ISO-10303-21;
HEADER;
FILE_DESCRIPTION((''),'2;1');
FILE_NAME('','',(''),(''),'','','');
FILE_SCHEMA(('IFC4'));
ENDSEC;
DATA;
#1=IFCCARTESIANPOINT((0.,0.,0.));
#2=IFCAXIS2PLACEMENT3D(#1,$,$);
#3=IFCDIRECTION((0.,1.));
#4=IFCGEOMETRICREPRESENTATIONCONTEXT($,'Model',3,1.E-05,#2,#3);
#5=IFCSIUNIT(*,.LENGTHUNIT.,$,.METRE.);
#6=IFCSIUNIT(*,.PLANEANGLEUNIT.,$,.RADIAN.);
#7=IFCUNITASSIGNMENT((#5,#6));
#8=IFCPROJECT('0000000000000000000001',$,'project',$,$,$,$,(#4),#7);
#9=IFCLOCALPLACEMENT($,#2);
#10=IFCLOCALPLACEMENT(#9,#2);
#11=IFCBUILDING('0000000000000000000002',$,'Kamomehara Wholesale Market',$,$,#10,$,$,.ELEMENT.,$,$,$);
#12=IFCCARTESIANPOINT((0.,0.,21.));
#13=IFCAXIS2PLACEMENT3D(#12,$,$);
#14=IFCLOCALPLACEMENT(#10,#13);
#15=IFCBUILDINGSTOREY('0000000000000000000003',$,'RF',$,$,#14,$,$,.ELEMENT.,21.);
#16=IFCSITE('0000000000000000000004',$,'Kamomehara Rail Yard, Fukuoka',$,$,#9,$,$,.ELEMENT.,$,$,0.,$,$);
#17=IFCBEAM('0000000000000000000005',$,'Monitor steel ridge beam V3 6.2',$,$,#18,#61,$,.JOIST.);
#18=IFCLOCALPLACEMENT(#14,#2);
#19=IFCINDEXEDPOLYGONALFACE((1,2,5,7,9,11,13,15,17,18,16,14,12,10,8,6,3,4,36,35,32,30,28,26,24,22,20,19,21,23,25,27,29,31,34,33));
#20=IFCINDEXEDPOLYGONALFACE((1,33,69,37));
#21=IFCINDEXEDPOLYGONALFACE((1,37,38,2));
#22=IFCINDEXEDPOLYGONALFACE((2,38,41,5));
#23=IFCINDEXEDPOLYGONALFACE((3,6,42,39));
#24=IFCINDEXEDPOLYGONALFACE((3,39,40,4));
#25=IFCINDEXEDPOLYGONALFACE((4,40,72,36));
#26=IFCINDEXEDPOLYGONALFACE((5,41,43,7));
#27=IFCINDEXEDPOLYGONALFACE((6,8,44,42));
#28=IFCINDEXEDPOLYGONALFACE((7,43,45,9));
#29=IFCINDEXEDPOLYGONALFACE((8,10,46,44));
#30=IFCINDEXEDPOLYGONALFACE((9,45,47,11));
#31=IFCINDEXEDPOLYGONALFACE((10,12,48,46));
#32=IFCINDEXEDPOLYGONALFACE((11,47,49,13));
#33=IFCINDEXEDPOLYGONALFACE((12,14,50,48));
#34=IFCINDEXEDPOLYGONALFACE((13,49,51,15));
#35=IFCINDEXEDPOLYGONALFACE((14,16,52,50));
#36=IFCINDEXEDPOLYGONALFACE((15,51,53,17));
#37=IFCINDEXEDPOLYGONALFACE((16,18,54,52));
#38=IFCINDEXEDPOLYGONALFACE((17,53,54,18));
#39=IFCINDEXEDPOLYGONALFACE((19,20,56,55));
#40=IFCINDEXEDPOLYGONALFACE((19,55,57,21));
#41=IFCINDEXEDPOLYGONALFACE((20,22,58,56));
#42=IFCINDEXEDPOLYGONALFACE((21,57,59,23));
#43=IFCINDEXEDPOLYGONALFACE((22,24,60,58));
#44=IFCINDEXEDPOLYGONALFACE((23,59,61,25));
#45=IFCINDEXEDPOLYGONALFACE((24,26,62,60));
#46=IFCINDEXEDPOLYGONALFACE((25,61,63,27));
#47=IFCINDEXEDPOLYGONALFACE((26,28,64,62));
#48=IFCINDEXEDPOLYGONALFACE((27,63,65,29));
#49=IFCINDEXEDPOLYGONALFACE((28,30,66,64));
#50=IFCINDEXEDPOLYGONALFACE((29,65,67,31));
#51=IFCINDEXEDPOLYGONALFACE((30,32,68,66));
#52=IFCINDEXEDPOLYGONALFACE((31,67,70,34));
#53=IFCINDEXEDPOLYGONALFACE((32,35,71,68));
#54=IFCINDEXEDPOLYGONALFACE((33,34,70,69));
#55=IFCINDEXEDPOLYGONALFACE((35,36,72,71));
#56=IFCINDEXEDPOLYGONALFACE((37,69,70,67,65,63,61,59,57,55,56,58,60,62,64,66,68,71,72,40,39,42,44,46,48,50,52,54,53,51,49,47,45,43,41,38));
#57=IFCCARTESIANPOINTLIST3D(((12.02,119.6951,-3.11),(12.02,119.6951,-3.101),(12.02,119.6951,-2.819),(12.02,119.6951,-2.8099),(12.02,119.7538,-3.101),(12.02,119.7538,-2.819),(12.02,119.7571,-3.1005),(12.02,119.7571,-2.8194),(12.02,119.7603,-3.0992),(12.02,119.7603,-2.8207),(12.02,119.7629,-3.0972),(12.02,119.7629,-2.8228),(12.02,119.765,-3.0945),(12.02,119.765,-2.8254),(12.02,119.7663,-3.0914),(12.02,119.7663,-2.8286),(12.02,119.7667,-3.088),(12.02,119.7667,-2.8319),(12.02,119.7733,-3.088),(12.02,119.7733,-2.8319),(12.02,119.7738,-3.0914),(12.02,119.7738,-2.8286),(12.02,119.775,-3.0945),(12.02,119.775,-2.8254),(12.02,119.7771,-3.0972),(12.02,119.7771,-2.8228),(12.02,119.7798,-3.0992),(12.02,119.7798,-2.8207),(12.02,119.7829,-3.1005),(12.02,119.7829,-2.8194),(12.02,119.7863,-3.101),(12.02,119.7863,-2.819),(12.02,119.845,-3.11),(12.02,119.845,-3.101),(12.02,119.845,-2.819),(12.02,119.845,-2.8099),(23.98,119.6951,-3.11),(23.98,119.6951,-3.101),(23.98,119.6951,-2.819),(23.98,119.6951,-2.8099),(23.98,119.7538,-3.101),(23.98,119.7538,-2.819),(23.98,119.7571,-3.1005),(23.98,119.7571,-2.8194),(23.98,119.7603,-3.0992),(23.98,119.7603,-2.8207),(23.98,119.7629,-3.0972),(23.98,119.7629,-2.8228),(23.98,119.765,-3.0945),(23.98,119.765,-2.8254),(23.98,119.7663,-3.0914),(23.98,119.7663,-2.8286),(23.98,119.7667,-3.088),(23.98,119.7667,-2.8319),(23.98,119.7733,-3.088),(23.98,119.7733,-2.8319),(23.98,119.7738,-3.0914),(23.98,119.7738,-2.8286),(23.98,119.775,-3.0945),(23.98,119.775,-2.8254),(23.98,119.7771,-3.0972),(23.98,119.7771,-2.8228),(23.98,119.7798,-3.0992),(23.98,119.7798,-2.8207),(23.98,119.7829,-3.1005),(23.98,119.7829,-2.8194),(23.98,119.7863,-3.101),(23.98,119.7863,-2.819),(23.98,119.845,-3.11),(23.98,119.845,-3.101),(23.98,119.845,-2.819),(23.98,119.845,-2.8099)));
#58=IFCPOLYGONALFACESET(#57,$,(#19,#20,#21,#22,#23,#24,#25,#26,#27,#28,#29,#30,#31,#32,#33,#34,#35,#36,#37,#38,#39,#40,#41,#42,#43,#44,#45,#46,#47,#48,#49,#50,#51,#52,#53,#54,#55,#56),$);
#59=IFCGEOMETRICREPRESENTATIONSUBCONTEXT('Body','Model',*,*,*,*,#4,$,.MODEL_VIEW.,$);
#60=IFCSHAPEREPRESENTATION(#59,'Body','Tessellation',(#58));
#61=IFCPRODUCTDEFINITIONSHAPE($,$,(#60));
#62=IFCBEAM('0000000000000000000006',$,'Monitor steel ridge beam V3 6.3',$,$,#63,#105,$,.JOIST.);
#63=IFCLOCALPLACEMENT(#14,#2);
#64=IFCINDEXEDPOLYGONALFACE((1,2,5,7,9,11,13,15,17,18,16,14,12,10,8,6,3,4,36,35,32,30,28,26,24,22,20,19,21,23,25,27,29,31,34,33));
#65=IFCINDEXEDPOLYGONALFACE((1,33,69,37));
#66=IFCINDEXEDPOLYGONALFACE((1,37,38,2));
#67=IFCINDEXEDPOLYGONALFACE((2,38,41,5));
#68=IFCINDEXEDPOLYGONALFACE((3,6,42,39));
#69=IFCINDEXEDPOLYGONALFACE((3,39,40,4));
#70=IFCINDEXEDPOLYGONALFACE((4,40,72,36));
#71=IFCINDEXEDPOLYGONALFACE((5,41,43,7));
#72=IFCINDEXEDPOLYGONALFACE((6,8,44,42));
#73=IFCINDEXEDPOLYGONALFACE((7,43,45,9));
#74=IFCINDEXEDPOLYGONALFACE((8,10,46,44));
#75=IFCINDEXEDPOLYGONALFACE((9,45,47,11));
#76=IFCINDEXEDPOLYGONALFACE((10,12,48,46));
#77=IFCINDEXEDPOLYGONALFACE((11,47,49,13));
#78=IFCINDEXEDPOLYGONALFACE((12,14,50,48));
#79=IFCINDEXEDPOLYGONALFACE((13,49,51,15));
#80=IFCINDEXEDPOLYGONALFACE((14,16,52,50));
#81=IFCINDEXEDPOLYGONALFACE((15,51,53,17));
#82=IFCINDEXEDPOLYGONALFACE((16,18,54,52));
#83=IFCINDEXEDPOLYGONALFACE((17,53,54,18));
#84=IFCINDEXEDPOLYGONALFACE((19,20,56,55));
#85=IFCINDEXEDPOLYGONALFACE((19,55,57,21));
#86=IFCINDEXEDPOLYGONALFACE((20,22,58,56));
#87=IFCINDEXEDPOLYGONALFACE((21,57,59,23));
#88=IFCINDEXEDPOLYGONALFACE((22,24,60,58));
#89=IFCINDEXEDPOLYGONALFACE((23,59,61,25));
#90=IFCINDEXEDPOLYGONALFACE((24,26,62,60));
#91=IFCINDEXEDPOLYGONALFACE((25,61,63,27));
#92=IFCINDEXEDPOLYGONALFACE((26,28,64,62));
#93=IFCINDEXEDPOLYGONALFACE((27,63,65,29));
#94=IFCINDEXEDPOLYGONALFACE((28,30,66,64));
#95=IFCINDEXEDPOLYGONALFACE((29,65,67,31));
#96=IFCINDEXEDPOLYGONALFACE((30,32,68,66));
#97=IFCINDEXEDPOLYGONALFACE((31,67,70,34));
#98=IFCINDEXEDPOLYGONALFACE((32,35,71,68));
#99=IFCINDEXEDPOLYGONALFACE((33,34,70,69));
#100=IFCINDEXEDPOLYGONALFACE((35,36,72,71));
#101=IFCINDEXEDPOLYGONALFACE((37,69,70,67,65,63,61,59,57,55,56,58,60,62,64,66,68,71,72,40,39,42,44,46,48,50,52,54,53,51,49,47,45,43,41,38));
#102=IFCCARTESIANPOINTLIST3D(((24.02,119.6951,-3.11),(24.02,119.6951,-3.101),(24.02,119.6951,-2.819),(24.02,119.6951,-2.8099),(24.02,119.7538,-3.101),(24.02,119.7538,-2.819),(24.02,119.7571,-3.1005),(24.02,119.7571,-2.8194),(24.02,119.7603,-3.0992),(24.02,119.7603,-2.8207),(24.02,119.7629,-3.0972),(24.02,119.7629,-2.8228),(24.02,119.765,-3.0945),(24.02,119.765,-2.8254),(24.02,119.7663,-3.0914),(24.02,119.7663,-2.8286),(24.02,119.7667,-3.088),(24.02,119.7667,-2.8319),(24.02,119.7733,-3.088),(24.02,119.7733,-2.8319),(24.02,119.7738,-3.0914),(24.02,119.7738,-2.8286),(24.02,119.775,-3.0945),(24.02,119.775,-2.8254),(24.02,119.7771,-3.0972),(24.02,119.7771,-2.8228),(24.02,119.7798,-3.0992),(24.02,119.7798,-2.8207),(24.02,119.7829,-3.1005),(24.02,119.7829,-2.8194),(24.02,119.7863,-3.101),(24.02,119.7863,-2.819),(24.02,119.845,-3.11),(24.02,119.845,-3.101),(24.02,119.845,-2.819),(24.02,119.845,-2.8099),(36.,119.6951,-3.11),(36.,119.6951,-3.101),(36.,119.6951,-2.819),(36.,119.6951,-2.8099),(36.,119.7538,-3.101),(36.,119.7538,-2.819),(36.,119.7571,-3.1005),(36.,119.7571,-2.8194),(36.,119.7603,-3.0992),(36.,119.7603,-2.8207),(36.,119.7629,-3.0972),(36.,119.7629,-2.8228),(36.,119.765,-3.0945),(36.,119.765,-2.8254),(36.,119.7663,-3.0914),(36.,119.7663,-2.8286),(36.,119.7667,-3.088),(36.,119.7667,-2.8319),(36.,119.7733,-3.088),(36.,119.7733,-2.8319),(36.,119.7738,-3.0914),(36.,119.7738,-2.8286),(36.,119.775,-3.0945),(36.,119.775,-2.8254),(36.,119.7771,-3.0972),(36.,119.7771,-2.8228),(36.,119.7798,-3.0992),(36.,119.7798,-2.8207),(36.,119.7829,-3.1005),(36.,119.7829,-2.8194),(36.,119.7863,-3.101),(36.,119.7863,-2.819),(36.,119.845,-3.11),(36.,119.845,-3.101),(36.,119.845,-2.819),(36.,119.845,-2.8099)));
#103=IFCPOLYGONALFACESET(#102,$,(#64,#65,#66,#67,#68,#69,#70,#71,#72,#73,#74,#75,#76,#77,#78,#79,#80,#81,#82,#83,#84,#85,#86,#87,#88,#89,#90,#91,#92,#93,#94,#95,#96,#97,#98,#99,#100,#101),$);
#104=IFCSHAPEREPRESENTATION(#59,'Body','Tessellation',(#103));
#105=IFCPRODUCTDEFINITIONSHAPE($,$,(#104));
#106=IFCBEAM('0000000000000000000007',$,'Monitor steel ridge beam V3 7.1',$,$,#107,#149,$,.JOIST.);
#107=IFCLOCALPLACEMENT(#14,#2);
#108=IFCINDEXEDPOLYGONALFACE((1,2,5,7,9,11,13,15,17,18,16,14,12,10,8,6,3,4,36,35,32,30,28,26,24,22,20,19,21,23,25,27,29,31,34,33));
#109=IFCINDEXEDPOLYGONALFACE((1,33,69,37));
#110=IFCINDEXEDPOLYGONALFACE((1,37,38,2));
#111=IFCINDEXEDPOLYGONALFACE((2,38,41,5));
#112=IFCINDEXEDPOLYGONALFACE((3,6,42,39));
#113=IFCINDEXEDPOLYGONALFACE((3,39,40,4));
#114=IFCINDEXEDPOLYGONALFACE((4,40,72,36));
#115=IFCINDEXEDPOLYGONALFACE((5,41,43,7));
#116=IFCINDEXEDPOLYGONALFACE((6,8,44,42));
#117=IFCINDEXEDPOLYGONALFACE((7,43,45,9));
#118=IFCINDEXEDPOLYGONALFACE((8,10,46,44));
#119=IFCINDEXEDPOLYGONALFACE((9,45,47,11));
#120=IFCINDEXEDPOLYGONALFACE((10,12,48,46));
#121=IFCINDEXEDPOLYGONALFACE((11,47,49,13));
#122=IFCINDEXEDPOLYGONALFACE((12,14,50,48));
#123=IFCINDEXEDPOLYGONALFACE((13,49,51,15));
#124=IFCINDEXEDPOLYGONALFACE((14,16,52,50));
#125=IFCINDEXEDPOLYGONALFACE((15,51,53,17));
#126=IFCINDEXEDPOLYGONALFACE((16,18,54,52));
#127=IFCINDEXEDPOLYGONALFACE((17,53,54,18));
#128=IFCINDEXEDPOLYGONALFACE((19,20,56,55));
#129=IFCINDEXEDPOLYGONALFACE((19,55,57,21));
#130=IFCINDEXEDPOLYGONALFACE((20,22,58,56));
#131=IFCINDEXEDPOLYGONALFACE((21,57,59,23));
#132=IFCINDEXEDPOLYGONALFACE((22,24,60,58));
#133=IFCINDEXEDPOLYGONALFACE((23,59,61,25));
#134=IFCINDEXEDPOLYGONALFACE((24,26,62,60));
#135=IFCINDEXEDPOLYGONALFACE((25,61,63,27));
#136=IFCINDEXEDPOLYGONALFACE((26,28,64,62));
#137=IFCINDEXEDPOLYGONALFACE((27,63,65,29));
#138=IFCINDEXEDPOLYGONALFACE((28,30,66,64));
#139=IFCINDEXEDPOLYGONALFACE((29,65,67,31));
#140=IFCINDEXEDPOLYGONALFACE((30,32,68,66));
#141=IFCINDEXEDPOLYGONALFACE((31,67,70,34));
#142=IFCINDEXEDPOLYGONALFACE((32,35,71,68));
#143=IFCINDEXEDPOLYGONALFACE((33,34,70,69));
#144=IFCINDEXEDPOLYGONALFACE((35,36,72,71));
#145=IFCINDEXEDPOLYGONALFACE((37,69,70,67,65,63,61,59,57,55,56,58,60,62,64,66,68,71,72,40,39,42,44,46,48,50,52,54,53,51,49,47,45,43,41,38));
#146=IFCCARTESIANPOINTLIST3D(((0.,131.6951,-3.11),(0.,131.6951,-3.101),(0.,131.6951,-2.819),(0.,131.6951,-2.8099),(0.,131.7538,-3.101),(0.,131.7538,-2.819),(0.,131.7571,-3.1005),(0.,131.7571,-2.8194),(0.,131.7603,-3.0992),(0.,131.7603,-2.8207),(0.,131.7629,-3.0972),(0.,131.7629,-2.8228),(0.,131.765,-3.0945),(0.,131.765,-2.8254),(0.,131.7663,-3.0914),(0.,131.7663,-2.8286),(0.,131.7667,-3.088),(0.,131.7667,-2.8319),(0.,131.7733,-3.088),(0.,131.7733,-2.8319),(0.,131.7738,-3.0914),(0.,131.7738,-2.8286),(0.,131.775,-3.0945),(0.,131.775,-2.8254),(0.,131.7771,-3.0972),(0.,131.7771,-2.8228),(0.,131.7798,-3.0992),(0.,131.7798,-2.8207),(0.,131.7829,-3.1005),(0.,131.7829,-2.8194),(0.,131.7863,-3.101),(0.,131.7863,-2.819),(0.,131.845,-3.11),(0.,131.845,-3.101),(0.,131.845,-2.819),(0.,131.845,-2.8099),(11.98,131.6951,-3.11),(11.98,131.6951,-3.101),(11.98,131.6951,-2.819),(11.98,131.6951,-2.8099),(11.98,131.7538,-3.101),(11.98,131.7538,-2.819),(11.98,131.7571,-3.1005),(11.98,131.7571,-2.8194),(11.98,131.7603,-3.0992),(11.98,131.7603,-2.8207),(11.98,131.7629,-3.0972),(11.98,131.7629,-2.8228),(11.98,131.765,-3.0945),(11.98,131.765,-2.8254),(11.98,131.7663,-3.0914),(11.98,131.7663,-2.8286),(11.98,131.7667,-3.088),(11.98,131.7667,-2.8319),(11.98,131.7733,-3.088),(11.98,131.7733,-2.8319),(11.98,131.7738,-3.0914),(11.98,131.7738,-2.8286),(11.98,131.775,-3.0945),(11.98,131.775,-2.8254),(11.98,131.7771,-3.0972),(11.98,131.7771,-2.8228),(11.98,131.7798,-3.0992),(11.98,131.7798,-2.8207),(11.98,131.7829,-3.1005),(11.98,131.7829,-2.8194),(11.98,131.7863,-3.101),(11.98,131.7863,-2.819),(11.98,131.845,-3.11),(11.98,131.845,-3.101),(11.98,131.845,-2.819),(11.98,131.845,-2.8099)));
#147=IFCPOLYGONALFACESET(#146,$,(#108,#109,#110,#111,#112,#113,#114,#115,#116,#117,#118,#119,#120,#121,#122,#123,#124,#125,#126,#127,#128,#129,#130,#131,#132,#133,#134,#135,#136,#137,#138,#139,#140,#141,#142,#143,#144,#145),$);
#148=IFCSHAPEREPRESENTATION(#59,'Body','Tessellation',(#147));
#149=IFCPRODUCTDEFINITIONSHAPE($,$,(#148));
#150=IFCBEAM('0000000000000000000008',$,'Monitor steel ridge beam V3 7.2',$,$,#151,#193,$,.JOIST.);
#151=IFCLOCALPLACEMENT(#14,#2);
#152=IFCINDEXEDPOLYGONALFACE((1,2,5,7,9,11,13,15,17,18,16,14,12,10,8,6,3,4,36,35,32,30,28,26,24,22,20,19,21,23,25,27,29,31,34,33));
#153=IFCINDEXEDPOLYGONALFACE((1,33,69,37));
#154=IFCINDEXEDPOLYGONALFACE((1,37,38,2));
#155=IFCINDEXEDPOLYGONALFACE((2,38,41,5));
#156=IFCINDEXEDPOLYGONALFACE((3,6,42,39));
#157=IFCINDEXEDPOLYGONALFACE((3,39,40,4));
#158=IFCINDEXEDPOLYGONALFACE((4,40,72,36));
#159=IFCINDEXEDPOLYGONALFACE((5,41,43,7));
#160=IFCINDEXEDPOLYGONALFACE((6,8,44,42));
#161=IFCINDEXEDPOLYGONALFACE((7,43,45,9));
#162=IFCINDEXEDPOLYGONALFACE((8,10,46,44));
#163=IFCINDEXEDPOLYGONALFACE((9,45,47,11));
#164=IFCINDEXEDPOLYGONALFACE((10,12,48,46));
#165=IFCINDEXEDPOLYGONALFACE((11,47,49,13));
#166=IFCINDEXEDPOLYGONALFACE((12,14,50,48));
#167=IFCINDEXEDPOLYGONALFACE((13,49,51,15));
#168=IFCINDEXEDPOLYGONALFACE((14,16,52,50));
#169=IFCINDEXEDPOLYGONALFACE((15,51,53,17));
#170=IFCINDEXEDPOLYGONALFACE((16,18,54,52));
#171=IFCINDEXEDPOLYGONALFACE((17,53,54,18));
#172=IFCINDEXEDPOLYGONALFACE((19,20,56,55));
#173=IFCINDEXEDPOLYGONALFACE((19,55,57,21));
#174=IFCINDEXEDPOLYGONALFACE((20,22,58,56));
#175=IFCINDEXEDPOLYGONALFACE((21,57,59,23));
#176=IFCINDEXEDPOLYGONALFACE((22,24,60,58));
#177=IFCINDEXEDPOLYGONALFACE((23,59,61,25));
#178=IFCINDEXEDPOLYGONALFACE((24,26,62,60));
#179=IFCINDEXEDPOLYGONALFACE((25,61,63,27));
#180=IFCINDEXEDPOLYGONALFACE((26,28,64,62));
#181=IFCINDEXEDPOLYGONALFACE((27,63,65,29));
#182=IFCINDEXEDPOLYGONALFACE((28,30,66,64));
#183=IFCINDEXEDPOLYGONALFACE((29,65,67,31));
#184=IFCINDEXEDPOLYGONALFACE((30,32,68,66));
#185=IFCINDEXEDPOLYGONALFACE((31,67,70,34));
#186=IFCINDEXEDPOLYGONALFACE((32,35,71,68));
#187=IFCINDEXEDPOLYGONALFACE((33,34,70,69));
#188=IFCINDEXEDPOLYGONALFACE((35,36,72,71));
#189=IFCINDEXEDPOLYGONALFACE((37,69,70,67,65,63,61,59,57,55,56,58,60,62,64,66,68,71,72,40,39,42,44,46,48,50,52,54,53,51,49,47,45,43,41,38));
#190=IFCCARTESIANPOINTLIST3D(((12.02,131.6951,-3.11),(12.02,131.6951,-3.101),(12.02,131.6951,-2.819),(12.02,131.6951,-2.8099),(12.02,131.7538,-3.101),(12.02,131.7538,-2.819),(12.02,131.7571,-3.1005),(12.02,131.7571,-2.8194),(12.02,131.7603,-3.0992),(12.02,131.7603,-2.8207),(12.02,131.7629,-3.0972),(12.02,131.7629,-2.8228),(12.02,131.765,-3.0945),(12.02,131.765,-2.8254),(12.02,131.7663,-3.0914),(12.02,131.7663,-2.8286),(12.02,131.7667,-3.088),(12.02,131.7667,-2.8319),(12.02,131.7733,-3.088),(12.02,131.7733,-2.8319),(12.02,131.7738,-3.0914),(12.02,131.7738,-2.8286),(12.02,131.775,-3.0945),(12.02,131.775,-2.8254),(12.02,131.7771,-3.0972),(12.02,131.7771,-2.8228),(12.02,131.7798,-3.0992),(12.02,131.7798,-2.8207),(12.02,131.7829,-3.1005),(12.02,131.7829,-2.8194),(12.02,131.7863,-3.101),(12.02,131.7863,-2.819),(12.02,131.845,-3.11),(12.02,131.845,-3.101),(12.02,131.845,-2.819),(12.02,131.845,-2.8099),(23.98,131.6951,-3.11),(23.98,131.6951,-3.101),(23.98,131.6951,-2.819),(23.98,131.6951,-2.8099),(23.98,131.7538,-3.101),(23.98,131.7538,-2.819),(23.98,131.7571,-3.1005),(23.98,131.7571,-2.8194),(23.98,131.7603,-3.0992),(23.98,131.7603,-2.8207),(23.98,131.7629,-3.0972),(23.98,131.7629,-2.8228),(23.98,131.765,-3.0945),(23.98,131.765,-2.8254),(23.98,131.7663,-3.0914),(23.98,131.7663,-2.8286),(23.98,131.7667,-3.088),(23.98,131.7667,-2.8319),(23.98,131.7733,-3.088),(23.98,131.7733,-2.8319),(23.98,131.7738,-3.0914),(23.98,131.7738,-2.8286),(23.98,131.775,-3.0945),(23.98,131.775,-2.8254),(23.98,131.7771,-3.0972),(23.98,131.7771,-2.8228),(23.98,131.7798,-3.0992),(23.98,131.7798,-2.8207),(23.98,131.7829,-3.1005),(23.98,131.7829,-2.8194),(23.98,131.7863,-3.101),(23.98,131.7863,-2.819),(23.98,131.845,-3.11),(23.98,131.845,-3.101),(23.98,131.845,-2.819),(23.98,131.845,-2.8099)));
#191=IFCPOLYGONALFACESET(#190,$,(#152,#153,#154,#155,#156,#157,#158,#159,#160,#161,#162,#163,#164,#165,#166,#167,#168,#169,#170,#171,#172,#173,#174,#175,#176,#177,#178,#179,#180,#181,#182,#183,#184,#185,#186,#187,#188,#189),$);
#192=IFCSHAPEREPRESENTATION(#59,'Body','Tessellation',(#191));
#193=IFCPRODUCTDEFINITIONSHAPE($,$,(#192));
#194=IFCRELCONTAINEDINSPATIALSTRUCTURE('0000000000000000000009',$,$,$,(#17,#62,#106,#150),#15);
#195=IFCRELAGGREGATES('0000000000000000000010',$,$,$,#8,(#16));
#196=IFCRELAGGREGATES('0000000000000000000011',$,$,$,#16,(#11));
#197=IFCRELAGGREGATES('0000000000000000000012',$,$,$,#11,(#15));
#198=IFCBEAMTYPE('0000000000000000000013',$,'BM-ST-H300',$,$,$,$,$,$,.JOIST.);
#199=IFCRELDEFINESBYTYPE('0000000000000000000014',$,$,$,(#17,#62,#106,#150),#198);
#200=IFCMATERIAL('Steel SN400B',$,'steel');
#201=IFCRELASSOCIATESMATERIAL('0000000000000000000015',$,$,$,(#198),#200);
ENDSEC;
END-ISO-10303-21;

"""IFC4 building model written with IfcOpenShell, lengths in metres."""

from ifc_helpers import new_model, si_unit, direction, frame, origin, origin_2d, place, context, subcontext, project, spatial, i_section, extrude, material, material_profile, profile_set, type_object, element, save


model = new_model("IFC4")

# Units and contexts
model_context = context("Model", 3, precision=1e-05, world=origin(), true_north=direction((0.0, 1.0)))
body_context = subcontext(model_context, "Body", "Model", "MODEL_VIEW")
ifc_project = project(units=[si_unit("LENGTHUNIT", "METRE"), si_unit("PLANEANGLEUNIT", "RADIAN")], contexts=[model_context])

# Site, building, storey
site_placement = place(None, origin())
site = spatial("IfcSite", under=ifc_project, at=site_placement, Name="Kamomehara Rail Yard, Fukuoka", CompositionType="ELEMENT", RefElevation=0.0)
building_placement = place(site_placement, origin())
building = spatial("IfcBuilding", under=site, at=building_placement, Name="Kamomehara Wholesale Market", CompositionType="ELEMENT")
storey_placement = place(building_placement, frame((0.0, 0.0, 21.0)))
storey = spatial("IfcBuildingStorey", under=building, at=storey_placement, Name="RF", CompositionType="ELEMENT", Elevation=21.0)

# Beams
ifc_material_1 = material(Name="Steel SN400B", Category="steel")
ifc_material_profile_1 = material_profile(ifc_material_1, i_section(OverallWidth=0.1499, OverallDepth=0.3, WebThickness=0.0066, FlangeThickness=0.009, FilletRadius=0.0129, at=origin_2d()), Name="H-300x150x6.5x9")
ifc_profile_set_1 = profile_set([ifc_material_profile_1], Name="Steel SN400B")
beam_type_1 = type_object("IfcBeamType", Name="BM-ST-H300", PredefinedType="JOIST", material=ifc_profile_set_1)
beam_1_placement = place(storey_placement, frame((12.02, 119.77, -2.96), z_axis=(1.0, 0.0, 0.0), x_axis=(0.0, 1.0, 0.0)))
element("IfcBeam", 1, at=beam_1_placement, inside=storey, type_object=beam_type_1, Name="Monitor steel ridge beam V3 6.2", PredefinedType="JOIST", context=body_context, shape_type="SweptSolid", body=[
    extrude(i_section(OverallWidth=0.1499, OverallDepth=0.3, WebThickness=0.0066, FlangeThickness=0.009, FilletRadius=0.0129, at=origin_2d()), origin(), (0.0, 0.0, 1.0), 11.96),
])
for number, where, z_axis, x_axis, name in (
    (2, (24.02, 119.77, -2.96), (1.0, 0.0, 0.0), (0.0, 1.0, 0.0), "Monitor steel ridge beam V3 6.3"),
    (3, (0.0, 131.77, -2.96), (1.0, 0.0, 0.0), (0.0, 1.0, 0.0), "Monitor steel ridge beam V3 7.1"),
):
    element("IfcBeam", number, at=place(storey_placement, frame(where, z_axis=z_axis, x_axis=x_axis)), inside=storey, type_object=beam_type_1, Name=name, PredefinedType="JOIST", context=body_context, shape_type="SweptSolid", body=[
        extrude(i_section(OverallWidth=0.1499, OverallDepth=0.3, WebThickness=0.0066, FlangeThickness=0.009, FilletRadius=0.0129, at=origin_2d()), origin(), (0.0, 0.0, 1.0), 11.98),
    ])
beam_2_placement = place(storey_placement, frame((12.02, 131.77, -2.96), z_axis=(1.0, 0.0, 0.0), x_axis=(0.0, 1.0, 0.0)))
element("IfcBeam", 4, at=beam_2_placement, inside=storey, type_object=beam_type_1, Name="Monitor steel ridge beam V3 7.2", PredefinedType="JOIST", context=body_context, shape_type="SweptSolid", body=[
    extrude(i_section(OverallWidth=0.1499, OverallDepth=0.3, WebThickness=0.0066, FlangeThickness=0.009, FilletRadius=0.0129, at=origin_2d()), origin(), (0.0, 0.0, 1.0), 11.96),
])

save(model, "model.ifc")
